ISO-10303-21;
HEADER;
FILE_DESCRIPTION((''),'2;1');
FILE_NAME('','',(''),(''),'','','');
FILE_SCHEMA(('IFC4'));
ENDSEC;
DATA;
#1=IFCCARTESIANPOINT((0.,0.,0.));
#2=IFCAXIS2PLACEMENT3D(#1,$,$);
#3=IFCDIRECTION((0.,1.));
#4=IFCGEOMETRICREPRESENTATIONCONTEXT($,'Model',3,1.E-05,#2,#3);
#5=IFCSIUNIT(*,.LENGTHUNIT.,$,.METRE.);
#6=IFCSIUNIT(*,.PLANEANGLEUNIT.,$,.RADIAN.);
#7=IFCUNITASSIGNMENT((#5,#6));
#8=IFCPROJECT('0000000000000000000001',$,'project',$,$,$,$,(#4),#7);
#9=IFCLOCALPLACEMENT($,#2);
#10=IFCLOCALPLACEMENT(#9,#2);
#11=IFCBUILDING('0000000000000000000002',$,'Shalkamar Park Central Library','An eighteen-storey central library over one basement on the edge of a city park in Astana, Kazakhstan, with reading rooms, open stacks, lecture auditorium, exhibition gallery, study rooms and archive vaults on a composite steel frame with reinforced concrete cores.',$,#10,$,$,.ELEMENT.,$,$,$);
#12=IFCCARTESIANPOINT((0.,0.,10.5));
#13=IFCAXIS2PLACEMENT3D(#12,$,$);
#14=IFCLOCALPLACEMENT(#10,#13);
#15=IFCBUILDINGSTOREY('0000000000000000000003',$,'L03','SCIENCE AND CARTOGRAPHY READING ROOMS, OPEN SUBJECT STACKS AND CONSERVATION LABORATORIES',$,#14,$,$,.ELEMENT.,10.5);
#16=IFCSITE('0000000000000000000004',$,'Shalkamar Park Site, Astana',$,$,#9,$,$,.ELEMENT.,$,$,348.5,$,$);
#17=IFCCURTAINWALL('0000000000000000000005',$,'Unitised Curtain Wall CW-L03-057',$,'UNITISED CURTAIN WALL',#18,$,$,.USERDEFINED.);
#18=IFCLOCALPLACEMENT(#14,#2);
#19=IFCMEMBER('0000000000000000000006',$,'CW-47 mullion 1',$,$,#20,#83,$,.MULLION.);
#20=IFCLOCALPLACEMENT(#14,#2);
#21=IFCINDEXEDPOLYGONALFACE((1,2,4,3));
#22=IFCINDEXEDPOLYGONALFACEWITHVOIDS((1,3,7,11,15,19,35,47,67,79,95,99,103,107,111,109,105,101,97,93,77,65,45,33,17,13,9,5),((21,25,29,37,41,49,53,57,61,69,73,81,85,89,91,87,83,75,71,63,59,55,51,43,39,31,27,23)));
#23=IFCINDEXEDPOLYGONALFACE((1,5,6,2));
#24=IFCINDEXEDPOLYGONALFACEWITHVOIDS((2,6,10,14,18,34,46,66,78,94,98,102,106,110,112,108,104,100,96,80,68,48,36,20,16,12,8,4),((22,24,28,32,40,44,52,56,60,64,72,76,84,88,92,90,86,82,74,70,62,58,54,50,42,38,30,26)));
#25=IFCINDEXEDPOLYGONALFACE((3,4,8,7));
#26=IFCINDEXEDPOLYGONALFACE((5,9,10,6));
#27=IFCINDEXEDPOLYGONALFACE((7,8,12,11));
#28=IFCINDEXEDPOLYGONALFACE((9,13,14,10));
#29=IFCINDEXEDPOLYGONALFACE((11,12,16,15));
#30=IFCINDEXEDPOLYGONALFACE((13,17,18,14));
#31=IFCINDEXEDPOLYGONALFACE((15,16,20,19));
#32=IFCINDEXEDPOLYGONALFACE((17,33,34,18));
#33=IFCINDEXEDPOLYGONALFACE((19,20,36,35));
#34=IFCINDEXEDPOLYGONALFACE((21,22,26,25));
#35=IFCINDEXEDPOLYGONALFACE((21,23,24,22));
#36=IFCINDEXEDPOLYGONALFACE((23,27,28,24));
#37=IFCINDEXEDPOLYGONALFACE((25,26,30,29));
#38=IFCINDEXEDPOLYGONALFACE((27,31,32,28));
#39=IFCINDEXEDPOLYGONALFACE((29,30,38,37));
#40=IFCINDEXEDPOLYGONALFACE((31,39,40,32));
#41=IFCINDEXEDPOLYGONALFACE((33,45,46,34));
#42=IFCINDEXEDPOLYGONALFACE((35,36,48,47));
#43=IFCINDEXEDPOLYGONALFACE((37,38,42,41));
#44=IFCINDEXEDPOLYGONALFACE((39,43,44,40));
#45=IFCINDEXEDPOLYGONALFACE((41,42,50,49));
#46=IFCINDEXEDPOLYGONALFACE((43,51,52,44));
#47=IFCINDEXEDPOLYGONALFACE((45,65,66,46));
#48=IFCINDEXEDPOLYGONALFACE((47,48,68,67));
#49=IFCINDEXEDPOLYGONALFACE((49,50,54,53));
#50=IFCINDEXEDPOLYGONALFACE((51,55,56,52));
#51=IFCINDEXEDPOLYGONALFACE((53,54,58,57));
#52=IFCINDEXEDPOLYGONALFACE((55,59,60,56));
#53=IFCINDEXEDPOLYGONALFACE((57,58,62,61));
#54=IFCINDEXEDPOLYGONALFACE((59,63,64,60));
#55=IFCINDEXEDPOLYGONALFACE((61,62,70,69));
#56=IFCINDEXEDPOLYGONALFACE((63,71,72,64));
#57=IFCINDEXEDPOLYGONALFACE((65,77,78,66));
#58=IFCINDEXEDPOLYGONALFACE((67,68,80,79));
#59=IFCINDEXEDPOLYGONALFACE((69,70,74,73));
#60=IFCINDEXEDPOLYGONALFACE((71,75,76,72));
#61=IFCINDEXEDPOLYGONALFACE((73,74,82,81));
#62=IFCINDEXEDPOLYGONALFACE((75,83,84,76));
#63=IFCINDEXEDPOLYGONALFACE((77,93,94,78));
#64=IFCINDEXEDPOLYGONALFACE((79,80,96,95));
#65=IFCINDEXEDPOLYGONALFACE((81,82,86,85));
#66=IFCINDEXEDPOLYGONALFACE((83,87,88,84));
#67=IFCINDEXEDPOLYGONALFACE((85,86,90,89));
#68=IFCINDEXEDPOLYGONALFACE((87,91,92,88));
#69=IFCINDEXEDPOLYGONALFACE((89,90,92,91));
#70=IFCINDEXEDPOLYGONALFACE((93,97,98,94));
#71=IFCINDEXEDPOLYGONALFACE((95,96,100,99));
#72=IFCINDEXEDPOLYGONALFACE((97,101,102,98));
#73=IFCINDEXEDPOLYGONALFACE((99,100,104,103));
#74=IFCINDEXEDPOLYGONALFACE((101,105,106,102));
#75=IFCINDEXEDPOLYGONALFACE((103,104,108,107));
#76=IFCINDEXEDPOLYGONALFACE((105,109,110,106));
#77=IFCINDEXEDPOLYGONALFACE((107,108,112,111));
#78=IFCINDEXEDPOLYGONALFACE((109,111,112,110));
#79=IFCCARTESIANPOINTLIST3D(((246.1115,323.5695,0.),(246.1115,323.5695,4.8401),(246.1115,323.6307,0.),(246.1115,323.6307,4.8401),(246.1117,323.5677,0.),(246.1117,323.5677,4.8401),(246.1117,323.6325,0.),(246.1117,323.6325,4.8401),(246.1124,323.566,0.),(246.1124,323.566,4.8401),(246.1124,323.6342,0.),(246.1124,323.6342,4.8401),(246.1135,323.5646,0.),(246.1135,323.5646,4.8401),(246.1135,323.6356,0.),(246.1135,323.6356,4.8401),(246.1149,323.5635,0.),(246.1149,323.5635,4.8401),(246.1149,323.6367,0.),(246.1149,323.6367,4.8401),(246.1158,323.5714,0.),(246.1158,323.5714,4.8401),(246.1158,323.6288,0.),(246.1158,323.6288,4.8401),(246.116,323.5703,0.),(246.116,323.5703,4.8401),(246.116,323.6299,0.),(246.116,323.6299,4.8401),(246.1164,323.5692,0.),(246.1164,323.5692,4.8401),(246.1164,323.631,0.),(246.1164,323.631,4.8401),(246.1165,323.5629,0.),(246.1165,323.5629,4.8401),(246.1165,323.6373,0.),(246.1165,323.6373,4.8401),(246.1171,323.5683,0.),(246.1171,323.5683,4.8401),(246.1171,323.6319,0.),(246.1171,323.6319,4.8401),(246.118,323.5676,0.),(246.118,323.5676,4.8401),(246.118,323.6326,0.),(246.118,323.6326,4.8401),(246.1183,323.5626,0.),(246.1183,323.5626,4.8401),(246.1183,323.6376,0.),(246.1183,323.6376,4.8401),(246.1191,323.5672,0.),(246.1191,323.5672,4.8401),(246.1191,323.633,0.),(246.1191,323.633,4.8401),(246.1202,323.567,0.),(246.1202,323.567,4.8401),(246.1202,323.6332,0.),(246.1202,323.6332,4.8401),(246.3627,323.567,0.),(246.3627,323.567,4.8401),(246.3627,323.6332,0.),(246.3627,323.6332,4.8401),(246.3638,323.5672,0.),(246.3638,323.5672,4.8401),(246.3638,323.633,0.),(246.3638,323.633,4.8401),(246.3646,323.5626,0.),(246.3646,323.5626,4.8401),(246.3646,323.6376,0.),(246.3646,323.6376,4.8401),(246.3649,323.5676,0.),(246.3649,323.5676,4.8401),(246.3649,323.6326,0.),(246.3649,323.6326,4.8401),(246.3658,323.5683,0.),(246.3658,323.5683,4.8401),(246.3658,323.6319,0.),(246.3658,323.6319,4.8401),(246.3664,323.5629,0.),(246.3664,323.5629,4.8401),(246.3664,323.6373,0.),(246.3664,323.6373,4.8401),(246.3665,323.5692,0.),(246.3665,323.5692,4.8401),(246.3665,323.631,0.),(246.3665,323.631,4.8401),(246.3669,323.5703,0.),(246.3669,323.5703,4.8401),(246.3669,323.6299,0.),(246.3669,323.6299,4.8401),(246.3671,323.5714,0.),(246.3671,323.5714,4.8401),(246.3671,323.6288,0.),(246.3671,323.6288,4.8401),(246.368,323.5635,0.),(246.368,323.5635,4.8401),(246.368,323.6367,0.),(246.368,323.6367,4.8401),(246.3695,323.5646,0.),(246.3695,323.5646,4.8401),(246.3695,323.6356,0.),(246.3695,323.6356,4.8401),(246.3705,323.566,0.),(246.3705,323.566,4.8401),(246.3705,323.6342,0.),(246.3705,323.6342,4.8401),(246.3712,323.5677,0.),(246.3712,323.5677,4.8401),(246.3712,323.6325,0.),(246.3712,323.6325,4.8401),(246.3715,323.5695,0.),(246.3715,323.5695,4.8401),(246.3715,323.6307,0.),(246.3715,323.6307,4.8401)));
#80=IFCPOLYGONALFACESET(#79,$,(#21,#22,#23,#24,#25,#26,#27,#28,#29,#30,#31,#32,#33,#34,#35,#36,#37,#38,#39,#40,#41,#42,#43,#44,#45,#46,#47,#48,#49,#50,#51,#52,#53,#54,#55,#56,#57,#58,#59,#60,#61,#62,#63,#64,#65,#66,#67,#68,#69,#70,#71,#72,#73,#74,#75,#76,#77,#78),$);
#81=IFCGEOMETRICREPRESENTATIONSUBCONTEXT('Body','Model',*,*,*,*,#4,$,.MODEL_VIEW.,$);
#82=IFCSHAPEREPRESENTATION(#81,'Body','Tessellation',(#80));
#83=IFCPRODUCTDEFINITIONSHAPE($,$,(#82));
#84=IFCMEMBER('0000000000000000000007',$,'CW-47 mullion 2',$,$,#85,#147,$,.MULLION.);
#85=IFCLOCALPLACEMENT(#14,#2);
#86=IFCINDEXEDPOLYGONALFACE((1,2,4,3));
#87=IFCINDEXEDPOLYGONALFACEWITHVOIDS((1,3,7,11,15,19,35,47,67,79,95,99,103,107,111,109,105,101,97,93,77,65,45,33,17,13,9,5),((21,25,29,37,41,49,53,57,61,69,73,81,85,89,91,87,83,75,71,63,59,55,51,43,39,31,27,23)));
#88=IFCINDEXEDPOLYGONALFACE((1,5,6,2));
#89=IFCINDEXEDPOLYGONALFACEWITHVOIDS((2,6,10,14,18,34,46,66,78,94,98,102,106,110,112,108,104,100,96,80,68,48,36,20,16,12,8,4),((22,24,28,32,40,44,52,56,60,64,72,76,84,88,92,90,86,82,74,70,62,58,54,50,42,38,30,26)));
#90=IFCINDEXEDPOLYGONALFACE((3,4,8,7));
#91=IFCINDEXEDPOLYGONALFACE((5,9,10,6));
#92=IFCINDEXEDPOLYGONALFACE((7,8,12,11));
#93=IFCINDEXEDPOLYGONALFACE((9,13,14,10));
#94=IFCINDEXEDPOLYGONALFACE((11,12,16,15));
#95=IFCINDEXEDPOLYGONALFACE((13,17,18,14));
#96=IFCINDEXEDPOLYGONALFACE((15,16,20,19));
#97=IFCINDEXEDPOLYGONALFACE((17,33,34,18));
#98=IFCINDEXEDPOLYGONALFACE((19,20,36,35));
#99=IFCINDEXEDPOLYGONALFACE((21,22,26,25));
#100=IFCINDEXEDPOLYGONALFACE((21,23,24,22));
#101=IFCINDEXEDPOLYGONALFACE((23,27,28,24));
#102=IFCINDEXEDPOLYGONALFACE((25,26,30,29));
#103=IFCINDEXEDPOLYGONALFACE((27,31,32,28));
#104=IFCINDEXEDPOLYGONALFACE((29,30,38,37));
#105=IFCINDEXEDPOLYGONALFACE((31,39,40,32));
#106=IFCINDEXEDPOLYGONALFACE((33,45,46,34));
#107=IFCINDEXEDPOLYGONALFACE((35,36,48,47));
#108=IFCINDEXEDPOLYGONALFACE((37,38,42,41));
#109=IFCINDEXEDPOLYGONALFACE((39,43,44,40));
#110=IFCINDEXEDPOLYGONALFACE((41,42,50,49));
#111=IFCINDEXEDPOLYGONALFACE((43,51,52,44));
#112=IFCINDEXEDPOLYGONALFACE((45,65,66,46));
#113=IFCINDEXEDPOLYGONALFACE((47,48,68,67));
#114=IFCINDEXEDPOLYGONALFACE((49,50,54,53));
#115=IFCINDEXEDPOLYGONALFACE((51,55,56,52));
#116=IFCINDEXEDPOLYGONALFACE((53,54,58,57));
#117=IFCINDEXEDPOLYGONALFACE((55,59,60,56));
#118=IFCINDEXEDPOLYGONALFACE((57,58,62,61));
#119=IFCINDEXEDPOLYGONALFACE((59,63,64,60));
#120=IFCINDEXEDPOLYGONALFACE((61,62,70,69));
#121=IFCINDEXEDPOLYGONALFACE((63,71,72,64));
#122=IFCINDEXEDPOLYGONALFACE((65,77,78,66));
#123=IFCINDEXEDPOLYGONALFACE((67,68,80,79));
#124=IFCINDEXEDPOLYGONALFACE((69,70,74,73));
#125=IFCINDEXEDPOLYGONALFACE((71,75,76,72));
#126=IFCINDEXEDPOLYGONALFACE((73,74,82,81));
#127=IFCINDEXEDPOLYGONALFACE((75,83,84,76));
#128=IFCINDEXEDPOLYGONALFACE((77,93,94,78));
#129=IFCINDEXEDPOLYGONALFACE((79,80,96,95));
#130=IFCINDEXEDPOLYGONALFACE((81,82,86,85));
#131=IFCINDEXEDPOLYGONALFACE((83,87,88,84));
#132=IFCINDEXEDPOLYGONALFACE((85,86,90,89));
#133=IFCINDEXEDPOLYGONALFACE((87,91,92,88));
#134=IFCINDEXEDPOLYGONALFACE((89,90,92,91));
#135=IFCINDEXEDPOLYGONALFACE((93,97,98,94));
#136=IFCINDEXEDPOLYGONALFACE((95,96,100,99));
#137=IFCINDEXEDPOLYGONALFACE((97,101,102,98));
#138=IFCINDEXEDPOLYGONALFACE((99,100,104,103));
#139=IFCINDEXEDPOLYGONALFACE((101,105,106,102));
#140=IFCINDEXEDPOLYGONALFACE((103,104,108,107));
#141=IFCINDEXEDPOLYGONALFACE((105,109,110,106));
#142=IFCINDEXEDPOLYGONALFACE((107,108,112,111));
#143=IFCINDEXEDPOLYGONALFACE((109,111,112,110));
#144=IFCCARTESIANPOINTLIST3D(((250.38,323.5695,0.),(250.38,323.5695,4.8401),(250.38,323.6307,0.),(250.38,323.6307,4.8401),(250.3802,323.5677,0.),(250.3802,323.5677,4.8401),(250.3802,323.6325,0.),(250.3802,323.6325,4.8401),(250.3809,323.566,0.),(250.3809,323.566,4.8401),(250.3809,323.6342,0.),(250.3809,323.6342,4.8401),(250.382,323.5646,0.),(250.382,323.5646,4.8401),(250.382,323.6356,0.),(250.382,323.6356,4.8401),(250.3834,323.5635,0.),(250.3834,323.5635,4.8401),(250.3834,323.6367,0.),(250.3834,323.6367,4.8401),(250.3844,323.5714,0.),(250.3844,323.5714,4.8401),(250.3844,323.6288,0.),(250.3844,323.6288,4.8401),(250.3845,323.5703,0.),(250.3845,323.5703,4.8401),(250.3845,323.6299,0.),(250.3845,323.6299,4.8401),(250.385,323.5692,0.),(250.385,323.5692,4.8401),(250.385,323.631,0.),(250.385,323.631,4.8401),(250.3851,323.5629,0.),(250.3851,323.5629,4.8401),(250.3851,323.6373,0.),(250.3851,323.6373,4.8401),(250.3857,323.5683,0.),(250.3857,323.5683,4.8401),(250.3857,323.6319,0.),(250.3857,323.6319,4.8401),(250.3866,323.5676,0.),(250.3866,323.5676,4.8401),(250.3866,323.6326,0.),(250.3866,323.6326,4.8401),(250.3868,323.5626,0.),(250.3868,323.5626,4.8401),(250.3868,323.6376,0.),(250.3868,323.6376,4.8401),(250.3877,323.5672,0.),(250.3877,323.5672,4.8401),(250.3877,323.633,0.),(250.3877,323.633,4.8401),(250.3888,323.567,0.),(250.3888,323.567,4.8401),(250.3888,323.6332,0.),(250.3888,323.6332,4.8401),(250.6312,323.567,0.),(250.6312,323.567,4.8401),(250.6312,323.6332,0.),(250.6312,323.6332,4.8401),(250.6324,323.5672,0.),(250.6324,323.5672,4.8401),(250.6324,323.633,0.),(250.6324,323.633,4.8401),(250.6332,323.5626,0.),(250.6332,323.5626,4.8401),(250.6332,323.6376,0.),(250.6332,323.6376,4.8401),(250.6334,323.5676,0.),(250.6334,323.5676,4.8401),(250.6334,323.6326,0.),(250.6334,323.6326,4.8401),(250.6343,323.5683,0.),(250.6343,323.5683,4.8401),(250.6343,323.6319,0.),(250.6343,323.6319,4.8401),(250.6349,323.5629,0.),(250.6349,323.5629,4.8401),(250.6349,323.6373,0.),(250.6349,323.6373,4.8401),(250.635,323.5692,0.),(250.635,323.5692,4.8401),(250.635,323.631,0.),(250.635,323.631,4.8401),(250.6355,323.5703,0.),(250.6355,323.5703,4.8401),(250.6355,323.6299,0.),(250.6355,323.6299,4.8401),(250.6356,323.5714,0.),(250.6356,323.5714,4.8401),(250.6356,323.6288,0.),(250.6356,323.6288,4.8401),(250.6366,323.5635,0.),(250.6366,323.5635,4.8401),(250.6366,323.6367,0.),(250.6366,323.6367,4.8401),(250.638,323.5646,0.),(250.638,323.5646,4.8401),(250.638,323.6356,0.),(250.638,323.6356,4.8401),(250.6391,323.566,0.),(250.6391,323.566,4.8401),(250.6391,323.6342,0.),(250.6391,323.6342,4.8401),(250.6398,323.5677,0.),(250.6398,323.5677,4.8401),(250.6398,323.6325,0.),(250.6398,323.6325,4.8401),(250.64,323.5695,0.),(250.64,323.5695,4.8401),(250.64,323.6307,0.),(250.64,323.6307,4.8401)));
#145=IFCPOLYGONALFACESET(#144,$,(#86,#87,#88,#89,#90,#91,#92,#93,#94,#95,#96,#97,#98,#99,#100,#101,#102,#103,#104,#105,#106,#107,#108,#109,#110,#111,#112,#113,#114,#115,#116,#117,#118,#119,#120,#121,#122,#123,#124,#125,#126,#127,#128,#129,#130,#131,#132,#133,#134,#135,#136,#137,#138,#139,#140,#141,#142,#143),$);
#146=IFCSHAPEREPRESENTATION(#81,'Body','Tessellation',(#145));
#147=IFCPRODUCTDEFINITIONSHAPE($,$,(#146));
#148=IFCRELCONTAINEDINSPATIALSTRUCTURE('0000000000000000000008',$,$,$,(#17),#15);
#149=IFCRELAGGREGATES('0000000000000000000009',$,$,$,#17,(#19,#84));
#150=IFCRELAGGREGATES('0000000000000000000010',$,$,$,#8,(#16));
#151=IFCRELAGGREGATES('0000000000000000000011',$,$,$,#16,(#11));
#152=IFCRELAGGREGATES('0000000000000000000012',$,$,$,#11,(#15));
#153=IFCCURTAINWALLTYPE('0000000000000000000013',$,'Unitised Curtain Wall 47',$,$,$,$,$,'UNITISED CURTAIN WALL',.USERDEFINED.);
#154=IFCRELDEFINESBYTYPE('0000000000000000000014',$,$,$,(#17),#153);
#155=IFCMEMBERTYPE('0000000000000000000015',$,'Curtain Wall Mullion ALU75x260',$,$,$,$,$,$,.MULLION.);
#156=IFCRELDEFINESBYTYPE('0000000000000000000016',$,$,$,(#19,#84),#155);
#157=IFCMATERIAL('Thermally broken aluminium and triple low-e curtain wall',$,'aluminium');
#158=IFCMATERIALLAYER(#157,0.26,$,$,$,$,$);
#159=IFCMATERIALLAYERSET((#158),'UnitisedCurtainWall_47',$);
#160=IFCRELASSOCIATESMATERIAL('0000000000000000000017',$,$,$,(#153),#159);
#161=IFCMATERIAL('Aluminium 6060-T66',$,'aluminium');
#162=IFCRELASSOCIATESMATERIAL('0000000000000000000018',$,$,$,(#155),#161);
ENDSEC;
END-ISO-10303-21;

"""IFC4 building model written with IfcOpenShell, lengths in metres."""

from ifc_helpers import new_model, si_unit, direction, frame, origin, origin_2d, place, context, subcontext, project, spatial, hollow_rectangle, extrude, material, layer, layer_set, material_profile, profile_set, type_object, element, aggregate, save


model = new_model("IFC4")

# Units and contexts
model_context = context("Model", 3, precision=1e-05, world=origin(), true_north=direction((0.0, 1.0)))
body_context = subcontext(model_context, "Body", "Model", "MODEL_VIEW")
ifc_project = project(units=[si_unit("LENGTHUNIT", "METRE"), si_unit("PLANEANGLEUNIT", "RADIAN")], contexts=[model_context])

# Site, building, storey
site_placement = place(None, origin())
site = spatial("IfcSite", under=ifc_project, at=site_placement, Name="Shalkamar Park Site, Astana", CompositionType="ELEMENT", RefElevation=348.5)
building_placement = place(site_placement, origin())
building = spatial("IfcBuilding", under=site, at=building_placement, Name="Shalkamar Park Central Library", Description="An eighteen-storey central library over one basement on the edge of a city park in Astana, Kazakhstan, with reading rooms, open stacks, lecture auditorium, exhibition gallery, study rooms and archive vaults on a composite steel frame with reinforced concrete cores.", CompositionType="ELEMENT")
storey_placement = place(building_placement, frame((0.0, 0.0, 10.5)))
storey = spatial("IfcBuildingStorey", under=building, at=storey_placement, Name="L03", Description="SCIENCE AND CARTOGRAPHY READING ROOMS, OPEN SUBJECT STACKS AND CONSERVATION LABORATORIES", CompositionType="ELEMENT", Elevation=10.5)

# Shared definitions
ifc_material_1 = material(Name="Thermally broken aluminium and triple low-e curtain wall", Category="aluminium")
ifc_material_2 = material(Name="Aluminium 6060-T66", Category="aluminium")

# Curtain wall, members
ifc_layer_1 = layer(ifc_material_1, 0.26)
ifc_layer_set_1 = layer_set([ifc_layer_1], Name="UnitisedCurtainWall_47")
curtain_wall_type_1 = type_object("IfcCurtainWallType", Name="Unitised Curtain Wall 47", ElementType="UNITISED CURTAIN WALL", PredefinedType="USERDEFINED", material=ifc_layer_set_1)
curtain_wall_1_placement = place(storey_placement, origin())
curtain_wall_1 = element("IfcCurtainWall", 1, at=curtain_wall_1_placement, inside=storey, type_object=curtain_wall_type_1, Name="Unitised Curtain Wall CW-L03-057", ObjectType="UNITISED CURTAIN WALL", PredefinedType="USERDEFINED")
ifc_material_profile_1 = material_profile(ifc_material_2, hollow_rectangle(XDim=0.075, YDim=0.26, WallThickness=0.0044, InnerFilletRadius=0.0044, OuterFilletRadius=0.0068, at=origin_2d()), Name="ALU 75x260x4.5")
ifc_profile_set_1 = profile_set([ifc_material_profile_1], Name="Aluminium 6060-T66")
member_type_1 = type_object("IfcMemberType", Name="Curtain Wall Mullion ALU75x260", PredefinedType="MULLION", material=ifc_profile_set_1)
member_1_placement = place(storey_placement, frame((246.2415, 323.6001, 0.0), z_axis=(0.0, 0.0, 1.0), x_axis=(0.0, 1.0, 0.0)))
member_1 = element("IfcMember", 2, at=member_1_placement, type_object=member_type_1, Name="CW-47 mullion 1", PredefinedType="MULLION", context=body_context, shape_type="SweptSolid", body=[
    extrude(hollow_rectangle(XDim=0.075, YDim=0.26, WallThickness=0.0044, InnerFilletRadius=0.0044, OuterFilletRadius=0.0068, at=origin_2d()), origin(), (0.0, 0.0, 1.0), 4.8401),
])
member_2_placement = place(storey_placement, frame((250.51, 323.6001, 0.0), z_axis=(0.0, 0.0, 1.0), x_axis=(0.0, 1.0, 0.0)))
member_2 = element("IfcMember", 3, at=member_2_placement, type_object=member_type_1, Name="CW-47 mullion 2", PredefinedType="MULLION", context=body_context, shape_type="SweptSolid", body=[
    extrude(hollow_rectangle(XDim=0.075, YDim=0.26, WallThickness=0.0044, InnerFilletRadius=0.0044, OuterFilletRadius=0.0068, at=origin_2d()), origin(), (0.0, 0.0, 1.0), 4.8401),
])

aggregate(curtain_wall_1, [member_1, member_2])

save(model, "model.ifc")
